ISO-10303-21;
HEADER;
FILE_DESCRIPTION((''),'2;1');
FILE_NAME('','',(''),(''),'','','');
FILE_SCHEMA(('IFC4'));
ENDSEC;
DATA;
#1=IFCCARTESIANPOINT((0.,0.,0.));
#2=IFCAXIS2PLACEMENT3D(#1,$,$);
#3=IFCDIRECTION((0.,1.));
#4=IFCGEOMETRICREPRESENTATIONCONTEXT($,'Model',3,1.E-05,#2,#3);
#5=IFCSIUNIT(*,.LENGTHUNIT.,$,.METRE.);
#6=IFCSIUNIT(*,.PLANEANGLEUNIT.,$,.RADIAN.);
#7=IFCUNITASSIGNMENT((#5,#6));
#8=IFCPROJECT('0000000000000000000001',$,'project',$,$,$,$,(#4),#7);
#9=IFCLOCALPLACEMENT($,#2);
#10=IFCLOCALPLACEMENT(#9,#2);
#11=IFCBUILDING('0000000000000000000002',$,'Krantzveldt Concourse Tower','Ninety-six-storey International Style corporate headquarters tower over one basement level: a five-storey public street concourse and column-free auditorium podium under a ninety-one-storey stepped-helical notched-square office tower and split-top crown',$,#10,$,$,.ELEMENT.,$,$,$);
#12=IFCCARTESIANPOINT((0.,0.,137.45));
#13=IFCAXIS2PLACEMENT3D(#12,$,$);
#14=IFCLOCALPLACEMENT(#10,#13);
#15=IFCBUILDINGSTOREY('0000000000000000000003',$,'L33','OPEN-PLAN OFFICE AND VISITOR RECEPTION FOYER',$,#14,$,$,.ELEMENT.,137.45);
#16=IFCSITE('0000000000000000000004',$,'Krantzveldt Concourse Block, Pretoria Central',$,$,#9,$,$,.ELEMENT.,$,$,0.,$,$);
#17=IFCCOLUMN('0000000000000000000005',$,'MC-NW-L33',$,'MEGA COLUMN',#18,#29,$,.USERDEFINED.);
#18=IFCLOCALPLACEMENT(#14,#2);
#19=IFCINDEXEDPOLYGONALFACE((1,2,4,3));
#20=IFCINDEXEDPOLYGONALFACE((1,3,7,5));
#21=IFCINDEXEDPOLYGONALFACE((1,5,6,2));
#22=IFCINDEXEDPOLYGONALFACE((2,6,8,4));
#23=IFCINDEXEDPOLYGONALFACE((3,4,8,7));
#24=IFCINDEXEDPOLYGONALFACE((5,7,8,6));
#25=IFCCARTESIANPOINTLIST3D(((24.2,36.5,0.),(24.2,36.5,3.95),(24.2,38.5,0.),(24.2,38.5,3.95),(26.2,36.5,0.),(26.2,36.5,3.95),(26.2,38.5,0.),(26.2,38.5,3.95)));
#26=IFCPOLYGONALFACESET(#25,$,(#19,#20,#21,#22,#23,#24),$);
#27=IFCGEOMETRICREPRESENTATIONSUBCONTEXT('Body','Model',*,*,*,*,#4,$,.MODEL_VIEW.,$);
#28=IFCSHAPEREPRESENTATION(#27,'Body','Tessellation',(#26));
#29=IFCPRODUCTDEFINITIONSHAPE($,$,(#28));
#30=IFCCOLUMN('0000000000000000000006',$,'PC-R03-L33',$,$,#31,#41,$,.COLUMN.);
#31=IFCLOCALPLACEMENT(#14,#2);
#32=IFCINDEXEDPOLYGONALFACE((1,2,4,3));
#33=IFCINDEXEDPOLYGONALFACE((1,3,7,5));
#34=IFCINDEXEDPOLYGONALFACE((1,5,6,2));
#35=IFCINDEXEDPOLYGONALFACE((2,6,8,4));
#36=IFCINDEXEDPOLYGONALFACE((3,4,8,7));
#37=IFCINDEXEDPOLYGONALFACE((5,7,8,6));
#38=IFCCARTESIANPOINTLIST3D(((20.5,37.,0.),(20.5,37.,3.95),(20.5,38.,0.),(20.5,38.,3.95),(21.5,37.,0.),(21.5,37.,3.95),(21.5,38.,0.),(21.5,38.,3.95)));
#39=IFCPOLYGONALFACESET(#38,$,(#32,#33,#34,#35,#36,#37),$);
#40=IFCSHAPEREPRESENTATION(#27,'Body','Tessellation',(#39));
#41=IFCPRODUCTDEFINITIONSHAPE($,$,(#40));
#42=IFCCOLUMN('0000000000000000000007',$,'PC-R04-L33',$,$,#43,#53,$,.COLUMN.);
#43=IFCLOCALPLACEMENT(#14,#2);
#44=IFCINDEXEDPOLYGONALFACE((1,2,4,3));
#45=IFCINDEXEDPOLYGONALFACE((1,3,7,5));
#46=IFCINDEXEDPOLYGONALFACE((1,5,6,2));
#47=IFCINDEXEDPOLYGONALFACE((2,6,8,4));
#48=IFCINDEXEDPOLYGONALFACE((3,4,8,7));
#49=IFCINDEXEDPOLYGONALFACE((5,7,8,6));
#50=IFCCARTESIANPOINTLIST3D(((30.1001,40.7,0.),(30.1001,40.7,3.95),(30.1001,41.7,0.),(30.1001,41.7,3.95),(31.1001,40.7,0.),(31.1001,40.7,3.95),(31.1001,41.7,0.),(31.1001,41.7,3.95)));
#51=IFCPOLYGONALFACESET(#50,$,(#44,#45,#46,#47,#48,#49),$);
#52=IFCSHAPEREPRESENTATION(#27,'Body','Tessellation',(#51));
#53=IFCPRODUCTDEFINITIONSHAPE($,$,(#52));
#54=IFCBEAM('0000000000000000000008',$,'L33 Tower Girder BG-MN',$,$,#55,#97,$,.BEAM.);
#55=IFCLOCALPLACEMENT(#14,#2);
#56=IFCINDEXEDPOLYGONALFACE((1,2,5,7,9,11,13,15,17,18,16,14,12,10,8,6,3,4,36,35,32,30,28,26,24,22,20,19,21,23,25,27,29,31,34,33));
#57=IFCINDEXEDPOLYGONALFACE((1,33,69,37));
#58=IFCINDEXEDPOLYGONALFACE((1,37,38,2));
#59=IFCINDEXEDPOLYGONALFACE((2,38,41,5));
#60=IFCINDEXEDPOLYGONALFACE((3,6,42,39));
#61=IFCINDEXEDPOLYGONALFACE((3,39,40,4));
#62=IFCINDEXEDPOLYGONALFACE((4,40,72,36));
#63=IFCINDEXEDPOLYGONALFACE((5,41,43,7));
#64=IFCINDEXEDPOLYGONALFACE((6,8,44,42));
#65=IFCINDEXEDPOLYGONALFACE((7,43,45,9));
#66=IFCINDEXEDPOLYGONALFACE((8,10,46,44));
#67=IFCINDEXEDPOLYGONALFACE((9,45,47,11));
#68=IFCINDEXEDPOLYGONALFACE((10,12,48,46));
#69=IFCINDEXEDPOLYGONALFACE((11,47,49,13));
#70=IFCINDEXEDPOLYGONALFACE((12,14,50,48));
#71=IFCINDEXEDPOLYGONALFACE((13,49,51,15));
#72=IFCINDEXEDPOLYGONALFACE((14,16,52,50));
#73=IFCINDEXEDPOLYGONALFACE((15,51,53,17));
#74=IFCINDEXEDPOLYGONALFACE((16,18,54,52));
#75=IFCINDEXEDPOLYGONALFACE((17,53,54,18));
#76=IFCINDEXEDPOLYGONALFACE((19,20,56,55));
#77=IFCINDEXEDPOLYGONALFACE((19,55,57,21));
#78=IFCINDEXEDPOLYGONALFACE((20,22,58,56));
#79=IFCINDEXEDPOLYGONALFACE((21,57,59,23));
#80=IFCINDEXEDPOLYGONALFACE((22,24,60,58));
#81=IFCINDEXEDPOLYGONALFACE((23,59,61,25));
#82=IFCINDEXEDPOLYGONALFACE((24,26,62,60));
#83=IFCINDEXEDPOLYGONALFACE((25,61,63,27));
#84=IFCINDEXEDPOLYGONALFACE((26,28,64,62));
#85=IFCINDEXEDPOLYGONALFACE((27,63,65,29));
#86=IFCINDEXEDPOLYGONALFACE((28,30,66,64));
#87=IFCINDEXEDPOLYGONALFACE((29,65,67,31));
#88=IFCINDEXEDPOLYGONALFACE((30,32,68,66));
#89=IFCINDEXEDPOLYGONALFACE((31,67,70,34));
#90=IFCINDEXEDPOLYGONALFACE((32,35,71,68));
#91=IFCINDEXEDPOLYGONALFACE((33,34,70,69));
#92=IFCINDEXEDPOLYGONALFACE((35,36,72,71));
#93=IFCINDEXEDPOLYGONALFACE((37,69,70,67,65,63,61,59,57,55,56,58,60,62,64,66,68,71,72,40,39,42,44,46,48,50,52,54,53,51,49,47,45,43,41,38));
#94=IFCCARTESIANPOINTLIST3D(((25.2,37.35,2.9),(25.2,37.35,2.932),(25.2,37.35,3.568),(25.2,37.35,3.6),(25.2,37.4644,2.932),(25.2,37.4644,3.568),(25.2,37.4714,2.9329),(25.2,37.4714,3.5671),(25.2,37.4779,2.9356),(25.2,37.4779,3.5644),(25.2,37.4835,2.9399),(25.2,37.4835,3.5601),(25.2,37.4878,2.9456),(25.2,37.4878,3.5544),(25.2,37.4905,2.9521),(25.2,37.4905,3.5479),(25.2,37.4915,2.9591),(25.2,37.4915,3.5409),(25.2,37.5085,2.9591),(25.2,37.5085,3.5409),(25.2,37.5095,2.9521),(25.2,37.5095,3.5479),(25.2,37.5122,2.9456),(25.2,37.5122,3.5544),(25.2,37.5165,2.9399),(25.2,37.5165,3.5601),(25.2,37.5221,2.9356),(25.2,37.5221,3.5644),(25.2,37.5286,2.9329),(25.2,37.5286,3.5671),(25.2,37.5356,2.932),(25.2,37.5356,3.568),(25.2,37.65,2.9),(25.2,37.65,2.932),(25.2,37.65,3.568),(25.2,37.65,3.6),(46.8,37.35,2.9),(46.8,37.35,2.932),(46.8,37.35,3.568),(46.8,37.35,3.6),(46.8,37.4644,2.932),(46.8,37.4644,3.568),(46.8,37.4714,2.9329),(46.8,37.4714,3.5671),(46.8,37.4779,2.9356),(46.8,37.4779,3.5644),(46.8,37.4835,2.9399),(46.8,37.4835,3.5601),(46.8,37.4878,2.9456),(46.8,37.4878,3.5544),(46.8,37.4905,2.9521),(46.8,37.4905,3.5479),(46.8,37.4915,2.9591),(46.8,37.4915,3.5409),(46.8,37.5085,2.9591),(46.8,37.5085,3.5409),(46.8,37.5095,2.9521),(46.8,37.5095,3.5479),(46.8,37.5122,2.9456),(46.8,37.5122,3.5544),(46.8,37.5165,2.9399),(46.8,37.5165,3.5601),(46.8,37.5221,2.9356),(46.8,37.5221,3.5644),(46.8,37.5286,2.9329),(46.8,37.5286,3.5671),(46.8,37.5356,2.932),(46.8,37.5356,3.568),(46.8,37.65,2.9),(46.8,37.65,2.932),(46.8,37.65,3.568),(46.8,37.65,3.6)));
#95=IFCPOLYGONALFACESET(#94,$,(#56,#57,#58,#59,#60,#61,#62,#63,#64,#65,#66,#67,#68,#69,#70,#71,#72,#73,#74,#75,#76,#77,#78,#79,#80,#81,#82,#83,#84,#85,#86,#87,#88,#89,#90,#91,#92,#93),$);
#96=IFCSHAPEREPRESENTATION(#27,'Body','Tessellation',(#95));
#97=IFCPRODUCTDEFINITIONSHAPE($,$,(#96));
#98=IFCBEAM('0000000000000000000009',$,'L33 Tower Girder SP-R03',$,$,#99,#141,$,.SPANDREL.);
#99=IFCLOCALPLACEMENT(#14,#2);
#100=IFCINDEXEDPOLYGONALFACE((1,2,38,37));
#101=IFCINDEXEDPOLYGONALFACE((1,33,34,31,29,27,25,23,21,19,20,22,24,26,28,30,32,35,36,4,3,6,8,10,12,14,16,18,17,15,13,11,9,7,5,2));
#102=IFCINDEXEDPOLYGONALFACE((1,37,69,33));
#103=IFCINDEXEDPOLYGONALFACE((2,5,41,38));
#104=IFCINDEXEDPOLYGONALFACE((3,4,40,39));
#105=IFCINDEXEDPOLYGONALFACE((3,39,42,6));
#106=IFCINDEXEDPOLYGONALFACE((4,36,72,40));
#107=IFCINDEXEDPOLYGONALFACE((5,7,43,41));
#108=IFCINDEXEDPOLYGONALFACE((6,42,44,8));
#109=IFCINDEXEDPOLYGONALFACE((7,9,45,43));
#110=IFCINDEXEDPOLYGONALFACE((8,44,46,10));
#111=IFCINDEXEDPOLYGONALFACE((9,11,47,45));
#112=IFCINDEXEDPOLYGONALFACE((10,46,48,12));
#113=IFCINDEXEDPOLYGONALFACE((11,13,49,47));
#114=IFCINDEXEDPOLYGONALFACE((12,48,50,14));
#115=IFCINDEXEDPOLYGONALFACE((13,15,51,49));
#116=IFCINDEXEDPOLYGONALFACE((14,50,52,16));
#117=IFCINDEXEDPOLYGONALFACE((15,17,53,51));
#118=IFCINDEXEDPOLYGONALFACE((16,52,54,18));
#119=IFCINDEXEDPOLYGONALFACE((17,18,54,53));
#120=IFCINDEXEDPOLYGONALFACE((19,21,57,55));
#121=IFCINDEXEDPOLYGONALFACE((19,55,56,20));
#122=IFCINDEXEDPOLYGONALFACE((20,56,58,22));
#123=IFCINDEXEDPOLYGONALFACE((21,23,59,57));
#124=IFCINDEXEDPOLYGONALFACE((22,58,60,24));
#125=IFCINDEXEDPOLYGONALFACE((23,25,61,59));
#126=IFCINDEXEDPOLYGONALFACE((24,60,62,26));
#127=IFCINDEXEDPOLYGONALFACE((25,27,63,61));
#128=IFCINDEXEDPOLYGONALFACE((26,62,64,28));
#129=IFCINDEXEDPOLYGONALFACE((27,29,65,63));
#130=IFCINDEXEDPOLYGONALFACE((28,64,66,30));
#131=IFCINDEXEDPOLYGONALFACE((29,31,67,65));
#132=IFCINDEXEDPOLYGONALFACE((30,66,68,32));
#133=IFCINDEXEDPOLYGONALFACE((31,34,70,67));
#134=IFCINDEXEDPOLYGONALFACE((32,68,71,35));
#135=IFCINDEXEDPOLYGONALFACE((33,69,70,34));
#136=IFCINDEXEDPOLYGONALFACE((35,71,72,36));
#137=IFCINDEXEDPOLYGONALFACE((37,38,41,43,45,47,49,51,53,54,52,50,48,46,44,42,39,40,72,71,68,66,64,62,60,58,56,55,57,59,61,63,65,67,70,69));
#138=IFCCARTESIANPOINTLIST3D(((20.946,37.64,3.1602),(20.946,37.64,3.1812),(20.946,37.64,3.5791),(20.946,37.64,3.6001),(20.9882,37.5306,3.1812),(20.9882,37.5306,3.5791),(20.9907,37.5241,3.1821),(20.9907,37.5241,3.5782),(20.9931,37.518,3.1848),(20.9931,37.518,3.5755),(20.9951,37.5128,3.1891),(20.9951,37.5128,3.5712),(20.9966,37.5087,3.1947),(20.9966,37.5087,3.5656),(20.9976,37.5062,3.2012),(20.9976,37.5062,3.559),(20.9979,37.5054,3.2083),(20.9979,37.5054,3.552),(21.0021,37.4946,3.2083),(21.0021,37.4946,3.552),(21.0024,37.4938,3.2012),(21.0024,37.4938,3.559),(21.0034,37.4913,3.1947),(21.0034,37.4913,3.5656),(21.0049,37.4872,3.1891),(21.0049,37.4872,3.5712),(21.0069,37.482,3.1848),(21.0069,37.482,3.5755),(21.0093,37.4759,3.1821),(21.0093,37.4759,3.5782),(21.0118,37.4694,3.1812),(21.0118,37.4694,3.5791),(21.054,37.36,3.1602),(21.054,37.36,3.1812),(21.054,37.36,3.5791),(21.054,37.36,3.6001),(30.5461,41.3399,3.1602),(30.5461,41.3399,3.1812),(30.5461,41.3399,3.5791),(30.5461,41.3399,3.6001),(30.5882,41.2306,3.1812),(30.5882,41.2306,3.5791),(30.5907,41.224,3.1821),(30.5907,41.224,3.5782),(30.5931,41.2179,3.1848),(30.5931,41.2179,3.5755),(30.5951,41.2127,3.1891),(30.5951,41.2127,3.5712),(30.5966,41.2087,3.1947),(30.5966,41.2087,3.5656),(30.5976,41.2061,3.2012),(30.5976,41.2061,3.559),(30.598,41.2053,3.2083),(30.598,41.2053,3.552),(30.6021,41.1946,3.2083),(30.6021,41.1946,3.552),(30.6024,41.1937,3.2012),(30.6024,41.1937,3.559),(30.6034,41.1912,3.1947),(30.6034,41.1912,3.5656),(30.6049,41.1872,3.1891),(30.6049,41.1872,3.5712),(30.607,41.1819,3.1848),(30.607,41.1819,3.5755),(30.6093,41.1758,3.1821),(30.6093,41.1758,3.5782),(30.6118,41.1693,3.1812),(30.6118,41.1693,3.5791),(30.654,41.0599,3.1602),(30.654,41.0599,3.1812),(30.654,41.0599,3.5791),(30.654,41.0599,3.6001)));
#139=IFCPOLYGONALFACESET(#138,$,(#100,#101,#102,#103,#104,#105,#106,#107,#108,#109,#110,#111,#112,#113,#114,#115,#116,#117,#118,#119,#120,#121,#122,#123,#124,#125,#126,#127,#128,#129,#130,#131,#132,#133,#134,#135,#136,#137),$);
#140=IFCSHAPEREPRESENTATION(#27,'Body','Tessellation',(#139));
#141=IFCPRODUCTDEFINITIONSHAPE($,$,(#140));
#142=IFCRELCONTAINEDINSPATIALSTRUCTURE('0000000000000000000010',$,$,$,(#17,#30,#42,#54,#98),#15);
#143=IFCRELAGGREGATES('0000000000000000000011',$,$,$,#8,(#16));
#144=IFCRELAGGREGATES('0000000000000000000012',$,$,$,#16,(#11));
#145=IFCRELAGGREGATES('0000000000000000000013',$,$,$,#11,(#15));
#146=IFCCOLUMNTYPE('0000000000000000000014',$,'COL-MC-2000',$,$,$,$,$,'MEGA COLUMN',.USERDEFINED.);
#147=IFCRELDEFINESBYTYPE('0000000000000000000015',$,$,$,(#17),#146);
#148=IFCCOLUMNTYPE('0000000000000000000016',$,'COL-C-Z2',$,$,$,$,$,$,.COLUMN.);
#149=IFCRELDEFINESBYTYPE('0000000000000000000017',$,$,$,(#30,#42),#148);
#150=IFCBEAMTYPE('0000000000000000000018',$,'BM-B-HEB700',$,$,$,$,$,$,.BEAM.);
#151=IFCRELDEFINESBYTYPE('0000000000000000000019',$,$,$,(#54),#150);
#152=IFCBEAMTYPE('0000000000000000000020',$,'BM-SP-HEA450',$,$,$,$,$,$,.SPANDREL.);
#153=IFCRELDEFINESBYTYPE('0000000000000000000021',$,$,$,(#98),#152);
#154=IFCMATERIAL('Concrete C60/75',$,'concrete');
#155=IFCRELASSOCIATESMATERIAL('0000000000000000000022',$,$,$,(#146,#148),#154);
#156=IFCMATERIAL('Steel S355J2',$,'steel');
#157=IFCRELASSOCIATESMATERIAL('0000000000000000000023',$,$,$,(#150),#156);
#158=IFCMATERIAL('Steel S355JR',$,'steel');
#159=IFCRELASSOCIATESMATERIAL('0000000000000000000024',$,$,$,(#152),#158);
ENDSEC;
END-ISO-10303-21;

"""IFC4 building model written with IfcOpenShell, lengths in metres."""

from ifc_helpers import new_model, si_unit, direction, frame, origin, origin_2d, place, context, subcontext, project, spatial, rectangle, i_section, extrude, source, transform, mapped, material, material_profile, profile_set, type_object, type_shapes, element, save


model = new_model("IFC4")

# Units and contexts
model_context = context("Model", 3, precision=1e-05, world=origin(), true_north=direction((0.0, 1.0)))
body_context = subcontext(model_context, "Body", "Model", "MODEL_VIEW")
ifc_project = project(units=[si_unit("LENGTHUNIT", "METRE"), si_unit("PLANEANGLEUNIT", "RADIAN")], contexts=[model_context])

# Site, building, storey
site_placement = place(None, origin())
site = spatial("IfcSite", under=ifc_project, at=site_placement, Name="Krantzveldt Concourse Block, Pretoria Central", CompositionType="ELEMENT", RefElevation=0.0)
building_placement = place(site_placement, origin())
building = spatial("IfcBuilding", under=site, at=building_placement, Name="Krantzveldt Concourse Tower", Description="Ninety-six-storey International Style corporate headquarters tower over one basement level: a five-storey public street concourse and column-free auditorium podium under a ninety-one-storey stepped-helical notched-square office tower and split-top crown", CompositionType="ELEMENT")
storey_placement = place(building_placement, frame((0.0, 0.0, 137.45)))
storey = spatial("IfcBuildingStorey", under=building, at=storey_placement, Name="L33", Description="OPEN-PLAN OFFICE AND VISITOR RECEPTION FOYER", CompositionType="ELEMENT", Elevation=137.45)

# Columns
ifc_material_1 = material(Name="Concrete C60/75", Category="concrete")
ifc_material_profile_1 = material_profile(ifc_material_1, rectangle(XDim=2.0, YDim=2.0, at=origin_2d()), Name="Concrete C60/75", Category="concrete")
ifc_profile_set_1 = profile_set([ifc_material_profile_1], Name="Concrete C60/75 - RC 2000x2000")
column_type_1 = type_object("IfcColumnType", Name="COL-MC-2000", ElementType="MEGA COLUMN", PredefinedType="USERDEFINED", material=ifc_profile_set_1)
shared_shape_1 = source(origin(), body_context, "Body", "SweptSolid", [
    extrude(rectangle(XDim=2.0, YDim=2.0, at=origin_2d()), origin(), (0.0, 0.0, 1.0), 3.95),
])
type_shapes(column_type_1, [shared_shape_1])
column_placement = place(storey_placement, frame((25.2, 37.5, 0.0), z_axis=(0.0, 0.0, 1.0), x_axis=(1.0, 0.0, 0.0)))
element("IfcColumn", 1, at=column_placement, inside=storey, type_object=column_type_1, Name="MC-NW-L33", ObjectType="MEGA COLUMN", PredefinedType="USERDEFINED", context=body_context, shape_type="MappedRepresentation", body=[
    mapped(shared_shape_1, transform((0.0, 0.0, 0.0), x_axis=(1.0, 0.0, 0.0), y_axis=(0.0, 1.0, 0.0), z_axis=(0.0, 0.0, 1.0), scale=1.0)),
])
ifc_material_profile_2 = material_profile(ifc_material_1, rectangle(XDim=1.0, YDim=1.0, at=origin_2d()), Name="Concrete C60/75", Category="concrete")
ifc_profile_set_2 = profile_set([ifc_material_profile_2], Name="Concrete C60/75 - RC 1000x1000")
column_type_2 = type_object("IfcColumnType", Name="COL-C-Z2", PredefinedType="COLUMN", material=ifc_profile_set_2)
shared_shape_2 = source(origin(), body_context, "Body", "SweptSolid", [
    extrude(rectangle(XDim=1.0, YDim=1.0, at=origin_2d()), origin(), (0.0, 0.0, 1.0), 3.95),
])
type_shapes(column_type_2, [shared_shape_2])
for number, where, z_axis, x_axis, name in (
    (2, (21.0, 37.5, 0.0), (0.0, 0.0, 1.0), (1.0, 0.0, 0.0), "PC-R03-L33"),
    (3, (30.6001, 41.2, 0.0), (0.0, 0.0, 1.0), (1.0, 0.0, 0.0), "PC-R04-L33"),
):
    element("IfcColumn", number, at=place(storey_placement, frame(where, z_axis=z_axis, x_axis=x_axis)), inside=storey, type_object=column_type_2, Name=name, PredefinedType="COLUMN", context=body_context, shape_type="MappedRepresentation", body=[
        mapped(shared_shape_2, transform((0.0, 0.0, 0.0), x_axis=(1.0, 0.0, 0.0), y_axis=(0.0, 1.0, 0.0), z_axis=(0.0, 0.0, 1.0), scale=1.0)),
    ])

# Beams
ifc_material_2 = material(Name="Steel S355J2", Category="steel")
ifc_material_profile_3 = material_profile(ifc_material_2, i_section(OverallWidth=0.3, OverallDepth=0.7, WebThickness=0.0171, FlangeThickness=0.032, FilletRadius=0.0271, at=origin_2d()), Name="Steel S355J2", Category="steel")
ifc_profile_set_3 = profile_set([ifc_material_profile_3], Name="Steel S355J2 - HEB 700")
beam_type_1 = type_object("IfcBeamType", Name="BM-B-HEB700", PredefinedType="BEAM", material=ifc_profile_set_3)
shared_shape_3 = source(origin(), body_context, "Body", "SweptSolid", [
    extrude(i_section(OverallWidth=0.3, OverallDepth=0.7, WebThickness=0.0171, FlangeThickness=0.032, FilletRadius=0.0271, at=origin_2d()), origin(), (0.0, 0.0, 1.0), 21.6001),
])
type_shapes(beam_type_1, [shared_shape_3])
beam_1_placement = place(storey_placement, frame((25.2, 37.5, 3.25), z_axis=(1.0, 0.0, 0.0), x_axis=(0.0, 1.0, 0.0)))
element("IfcBeam", 4, at=beam_1_placement, inside=storey, type_object=beam_type_1, Name="L33 Tower Girder BG-MN", PredefinedType="BEAM", context=body_context, shape_type="MappedRepresentation", body=[
    mapped(shared_shape_3, transform((0.0, 0.0, 0.0), x_axis=(1.0, 0.0, 0.0), y_axis=(0.0, 1.0, 0.0), z_axis=(0.0, 0.0, 1.0), scale=1.0)),
])
ifc_material_3 = material(Name="Steel S355JR", Category="steel")
ifc_material_profile_4 = material_profile(ifc_material_3, i_section(OverallWidth=0.3, OverallDepth=0.4399, WebThickness=0.0115, FlangeThickness=0.021, FilletRadius=0.0271, at=origin_2d()), Name="Steel S355JR", Category="steel")
ifc_profile_set_4 = profile_set([ifc_material_profile_4], Name="Steel S355JR - HEA 450")
beam_type_2 = type_object("IfcBeamType", Name="BM-SP-HEA450", PredefinedType="SPANDREL", material=ifc_profile_set_4)
shared_shape_4 = source(origin(), body_context, "Body", "SweptSolid", [
    extrude(i_section(OverallWidth=0.3, OverallDepth=0.4399, WebThickness=0.0115, FlangeThickness=0.021, FilletRadius=0.0271, at=origin_2d()), origin(), (0.0, 0.0, 1.0), 10.2883),
])
beam_2_placement = place(storey_placement, frame((21.0, 37.5, 3.3801), z_axis=(0.933098, 0.359623, 0.0), x_axis=(-0.359623, 0.933098, 0.0)))
element("IfcBeam", 5, at=beam_2_placement, inside=storey, type_object=beam_type_2, Name="L33 Tower Girder SP-R03", PredefinedType="SPANDREL", context=body_context, shape_type="MappedRepresentation", body=[
    mapped(shared_shape_4, transform((0.0, 0.0, 0.0), x_axis=(1.0, 0.0, 0.0), y_axis=(0.0, 1.0, 0.0), z_axis=(0.0, 0.0, 1.0), scale=1.0)),
])

save(model, "model.ifc")
